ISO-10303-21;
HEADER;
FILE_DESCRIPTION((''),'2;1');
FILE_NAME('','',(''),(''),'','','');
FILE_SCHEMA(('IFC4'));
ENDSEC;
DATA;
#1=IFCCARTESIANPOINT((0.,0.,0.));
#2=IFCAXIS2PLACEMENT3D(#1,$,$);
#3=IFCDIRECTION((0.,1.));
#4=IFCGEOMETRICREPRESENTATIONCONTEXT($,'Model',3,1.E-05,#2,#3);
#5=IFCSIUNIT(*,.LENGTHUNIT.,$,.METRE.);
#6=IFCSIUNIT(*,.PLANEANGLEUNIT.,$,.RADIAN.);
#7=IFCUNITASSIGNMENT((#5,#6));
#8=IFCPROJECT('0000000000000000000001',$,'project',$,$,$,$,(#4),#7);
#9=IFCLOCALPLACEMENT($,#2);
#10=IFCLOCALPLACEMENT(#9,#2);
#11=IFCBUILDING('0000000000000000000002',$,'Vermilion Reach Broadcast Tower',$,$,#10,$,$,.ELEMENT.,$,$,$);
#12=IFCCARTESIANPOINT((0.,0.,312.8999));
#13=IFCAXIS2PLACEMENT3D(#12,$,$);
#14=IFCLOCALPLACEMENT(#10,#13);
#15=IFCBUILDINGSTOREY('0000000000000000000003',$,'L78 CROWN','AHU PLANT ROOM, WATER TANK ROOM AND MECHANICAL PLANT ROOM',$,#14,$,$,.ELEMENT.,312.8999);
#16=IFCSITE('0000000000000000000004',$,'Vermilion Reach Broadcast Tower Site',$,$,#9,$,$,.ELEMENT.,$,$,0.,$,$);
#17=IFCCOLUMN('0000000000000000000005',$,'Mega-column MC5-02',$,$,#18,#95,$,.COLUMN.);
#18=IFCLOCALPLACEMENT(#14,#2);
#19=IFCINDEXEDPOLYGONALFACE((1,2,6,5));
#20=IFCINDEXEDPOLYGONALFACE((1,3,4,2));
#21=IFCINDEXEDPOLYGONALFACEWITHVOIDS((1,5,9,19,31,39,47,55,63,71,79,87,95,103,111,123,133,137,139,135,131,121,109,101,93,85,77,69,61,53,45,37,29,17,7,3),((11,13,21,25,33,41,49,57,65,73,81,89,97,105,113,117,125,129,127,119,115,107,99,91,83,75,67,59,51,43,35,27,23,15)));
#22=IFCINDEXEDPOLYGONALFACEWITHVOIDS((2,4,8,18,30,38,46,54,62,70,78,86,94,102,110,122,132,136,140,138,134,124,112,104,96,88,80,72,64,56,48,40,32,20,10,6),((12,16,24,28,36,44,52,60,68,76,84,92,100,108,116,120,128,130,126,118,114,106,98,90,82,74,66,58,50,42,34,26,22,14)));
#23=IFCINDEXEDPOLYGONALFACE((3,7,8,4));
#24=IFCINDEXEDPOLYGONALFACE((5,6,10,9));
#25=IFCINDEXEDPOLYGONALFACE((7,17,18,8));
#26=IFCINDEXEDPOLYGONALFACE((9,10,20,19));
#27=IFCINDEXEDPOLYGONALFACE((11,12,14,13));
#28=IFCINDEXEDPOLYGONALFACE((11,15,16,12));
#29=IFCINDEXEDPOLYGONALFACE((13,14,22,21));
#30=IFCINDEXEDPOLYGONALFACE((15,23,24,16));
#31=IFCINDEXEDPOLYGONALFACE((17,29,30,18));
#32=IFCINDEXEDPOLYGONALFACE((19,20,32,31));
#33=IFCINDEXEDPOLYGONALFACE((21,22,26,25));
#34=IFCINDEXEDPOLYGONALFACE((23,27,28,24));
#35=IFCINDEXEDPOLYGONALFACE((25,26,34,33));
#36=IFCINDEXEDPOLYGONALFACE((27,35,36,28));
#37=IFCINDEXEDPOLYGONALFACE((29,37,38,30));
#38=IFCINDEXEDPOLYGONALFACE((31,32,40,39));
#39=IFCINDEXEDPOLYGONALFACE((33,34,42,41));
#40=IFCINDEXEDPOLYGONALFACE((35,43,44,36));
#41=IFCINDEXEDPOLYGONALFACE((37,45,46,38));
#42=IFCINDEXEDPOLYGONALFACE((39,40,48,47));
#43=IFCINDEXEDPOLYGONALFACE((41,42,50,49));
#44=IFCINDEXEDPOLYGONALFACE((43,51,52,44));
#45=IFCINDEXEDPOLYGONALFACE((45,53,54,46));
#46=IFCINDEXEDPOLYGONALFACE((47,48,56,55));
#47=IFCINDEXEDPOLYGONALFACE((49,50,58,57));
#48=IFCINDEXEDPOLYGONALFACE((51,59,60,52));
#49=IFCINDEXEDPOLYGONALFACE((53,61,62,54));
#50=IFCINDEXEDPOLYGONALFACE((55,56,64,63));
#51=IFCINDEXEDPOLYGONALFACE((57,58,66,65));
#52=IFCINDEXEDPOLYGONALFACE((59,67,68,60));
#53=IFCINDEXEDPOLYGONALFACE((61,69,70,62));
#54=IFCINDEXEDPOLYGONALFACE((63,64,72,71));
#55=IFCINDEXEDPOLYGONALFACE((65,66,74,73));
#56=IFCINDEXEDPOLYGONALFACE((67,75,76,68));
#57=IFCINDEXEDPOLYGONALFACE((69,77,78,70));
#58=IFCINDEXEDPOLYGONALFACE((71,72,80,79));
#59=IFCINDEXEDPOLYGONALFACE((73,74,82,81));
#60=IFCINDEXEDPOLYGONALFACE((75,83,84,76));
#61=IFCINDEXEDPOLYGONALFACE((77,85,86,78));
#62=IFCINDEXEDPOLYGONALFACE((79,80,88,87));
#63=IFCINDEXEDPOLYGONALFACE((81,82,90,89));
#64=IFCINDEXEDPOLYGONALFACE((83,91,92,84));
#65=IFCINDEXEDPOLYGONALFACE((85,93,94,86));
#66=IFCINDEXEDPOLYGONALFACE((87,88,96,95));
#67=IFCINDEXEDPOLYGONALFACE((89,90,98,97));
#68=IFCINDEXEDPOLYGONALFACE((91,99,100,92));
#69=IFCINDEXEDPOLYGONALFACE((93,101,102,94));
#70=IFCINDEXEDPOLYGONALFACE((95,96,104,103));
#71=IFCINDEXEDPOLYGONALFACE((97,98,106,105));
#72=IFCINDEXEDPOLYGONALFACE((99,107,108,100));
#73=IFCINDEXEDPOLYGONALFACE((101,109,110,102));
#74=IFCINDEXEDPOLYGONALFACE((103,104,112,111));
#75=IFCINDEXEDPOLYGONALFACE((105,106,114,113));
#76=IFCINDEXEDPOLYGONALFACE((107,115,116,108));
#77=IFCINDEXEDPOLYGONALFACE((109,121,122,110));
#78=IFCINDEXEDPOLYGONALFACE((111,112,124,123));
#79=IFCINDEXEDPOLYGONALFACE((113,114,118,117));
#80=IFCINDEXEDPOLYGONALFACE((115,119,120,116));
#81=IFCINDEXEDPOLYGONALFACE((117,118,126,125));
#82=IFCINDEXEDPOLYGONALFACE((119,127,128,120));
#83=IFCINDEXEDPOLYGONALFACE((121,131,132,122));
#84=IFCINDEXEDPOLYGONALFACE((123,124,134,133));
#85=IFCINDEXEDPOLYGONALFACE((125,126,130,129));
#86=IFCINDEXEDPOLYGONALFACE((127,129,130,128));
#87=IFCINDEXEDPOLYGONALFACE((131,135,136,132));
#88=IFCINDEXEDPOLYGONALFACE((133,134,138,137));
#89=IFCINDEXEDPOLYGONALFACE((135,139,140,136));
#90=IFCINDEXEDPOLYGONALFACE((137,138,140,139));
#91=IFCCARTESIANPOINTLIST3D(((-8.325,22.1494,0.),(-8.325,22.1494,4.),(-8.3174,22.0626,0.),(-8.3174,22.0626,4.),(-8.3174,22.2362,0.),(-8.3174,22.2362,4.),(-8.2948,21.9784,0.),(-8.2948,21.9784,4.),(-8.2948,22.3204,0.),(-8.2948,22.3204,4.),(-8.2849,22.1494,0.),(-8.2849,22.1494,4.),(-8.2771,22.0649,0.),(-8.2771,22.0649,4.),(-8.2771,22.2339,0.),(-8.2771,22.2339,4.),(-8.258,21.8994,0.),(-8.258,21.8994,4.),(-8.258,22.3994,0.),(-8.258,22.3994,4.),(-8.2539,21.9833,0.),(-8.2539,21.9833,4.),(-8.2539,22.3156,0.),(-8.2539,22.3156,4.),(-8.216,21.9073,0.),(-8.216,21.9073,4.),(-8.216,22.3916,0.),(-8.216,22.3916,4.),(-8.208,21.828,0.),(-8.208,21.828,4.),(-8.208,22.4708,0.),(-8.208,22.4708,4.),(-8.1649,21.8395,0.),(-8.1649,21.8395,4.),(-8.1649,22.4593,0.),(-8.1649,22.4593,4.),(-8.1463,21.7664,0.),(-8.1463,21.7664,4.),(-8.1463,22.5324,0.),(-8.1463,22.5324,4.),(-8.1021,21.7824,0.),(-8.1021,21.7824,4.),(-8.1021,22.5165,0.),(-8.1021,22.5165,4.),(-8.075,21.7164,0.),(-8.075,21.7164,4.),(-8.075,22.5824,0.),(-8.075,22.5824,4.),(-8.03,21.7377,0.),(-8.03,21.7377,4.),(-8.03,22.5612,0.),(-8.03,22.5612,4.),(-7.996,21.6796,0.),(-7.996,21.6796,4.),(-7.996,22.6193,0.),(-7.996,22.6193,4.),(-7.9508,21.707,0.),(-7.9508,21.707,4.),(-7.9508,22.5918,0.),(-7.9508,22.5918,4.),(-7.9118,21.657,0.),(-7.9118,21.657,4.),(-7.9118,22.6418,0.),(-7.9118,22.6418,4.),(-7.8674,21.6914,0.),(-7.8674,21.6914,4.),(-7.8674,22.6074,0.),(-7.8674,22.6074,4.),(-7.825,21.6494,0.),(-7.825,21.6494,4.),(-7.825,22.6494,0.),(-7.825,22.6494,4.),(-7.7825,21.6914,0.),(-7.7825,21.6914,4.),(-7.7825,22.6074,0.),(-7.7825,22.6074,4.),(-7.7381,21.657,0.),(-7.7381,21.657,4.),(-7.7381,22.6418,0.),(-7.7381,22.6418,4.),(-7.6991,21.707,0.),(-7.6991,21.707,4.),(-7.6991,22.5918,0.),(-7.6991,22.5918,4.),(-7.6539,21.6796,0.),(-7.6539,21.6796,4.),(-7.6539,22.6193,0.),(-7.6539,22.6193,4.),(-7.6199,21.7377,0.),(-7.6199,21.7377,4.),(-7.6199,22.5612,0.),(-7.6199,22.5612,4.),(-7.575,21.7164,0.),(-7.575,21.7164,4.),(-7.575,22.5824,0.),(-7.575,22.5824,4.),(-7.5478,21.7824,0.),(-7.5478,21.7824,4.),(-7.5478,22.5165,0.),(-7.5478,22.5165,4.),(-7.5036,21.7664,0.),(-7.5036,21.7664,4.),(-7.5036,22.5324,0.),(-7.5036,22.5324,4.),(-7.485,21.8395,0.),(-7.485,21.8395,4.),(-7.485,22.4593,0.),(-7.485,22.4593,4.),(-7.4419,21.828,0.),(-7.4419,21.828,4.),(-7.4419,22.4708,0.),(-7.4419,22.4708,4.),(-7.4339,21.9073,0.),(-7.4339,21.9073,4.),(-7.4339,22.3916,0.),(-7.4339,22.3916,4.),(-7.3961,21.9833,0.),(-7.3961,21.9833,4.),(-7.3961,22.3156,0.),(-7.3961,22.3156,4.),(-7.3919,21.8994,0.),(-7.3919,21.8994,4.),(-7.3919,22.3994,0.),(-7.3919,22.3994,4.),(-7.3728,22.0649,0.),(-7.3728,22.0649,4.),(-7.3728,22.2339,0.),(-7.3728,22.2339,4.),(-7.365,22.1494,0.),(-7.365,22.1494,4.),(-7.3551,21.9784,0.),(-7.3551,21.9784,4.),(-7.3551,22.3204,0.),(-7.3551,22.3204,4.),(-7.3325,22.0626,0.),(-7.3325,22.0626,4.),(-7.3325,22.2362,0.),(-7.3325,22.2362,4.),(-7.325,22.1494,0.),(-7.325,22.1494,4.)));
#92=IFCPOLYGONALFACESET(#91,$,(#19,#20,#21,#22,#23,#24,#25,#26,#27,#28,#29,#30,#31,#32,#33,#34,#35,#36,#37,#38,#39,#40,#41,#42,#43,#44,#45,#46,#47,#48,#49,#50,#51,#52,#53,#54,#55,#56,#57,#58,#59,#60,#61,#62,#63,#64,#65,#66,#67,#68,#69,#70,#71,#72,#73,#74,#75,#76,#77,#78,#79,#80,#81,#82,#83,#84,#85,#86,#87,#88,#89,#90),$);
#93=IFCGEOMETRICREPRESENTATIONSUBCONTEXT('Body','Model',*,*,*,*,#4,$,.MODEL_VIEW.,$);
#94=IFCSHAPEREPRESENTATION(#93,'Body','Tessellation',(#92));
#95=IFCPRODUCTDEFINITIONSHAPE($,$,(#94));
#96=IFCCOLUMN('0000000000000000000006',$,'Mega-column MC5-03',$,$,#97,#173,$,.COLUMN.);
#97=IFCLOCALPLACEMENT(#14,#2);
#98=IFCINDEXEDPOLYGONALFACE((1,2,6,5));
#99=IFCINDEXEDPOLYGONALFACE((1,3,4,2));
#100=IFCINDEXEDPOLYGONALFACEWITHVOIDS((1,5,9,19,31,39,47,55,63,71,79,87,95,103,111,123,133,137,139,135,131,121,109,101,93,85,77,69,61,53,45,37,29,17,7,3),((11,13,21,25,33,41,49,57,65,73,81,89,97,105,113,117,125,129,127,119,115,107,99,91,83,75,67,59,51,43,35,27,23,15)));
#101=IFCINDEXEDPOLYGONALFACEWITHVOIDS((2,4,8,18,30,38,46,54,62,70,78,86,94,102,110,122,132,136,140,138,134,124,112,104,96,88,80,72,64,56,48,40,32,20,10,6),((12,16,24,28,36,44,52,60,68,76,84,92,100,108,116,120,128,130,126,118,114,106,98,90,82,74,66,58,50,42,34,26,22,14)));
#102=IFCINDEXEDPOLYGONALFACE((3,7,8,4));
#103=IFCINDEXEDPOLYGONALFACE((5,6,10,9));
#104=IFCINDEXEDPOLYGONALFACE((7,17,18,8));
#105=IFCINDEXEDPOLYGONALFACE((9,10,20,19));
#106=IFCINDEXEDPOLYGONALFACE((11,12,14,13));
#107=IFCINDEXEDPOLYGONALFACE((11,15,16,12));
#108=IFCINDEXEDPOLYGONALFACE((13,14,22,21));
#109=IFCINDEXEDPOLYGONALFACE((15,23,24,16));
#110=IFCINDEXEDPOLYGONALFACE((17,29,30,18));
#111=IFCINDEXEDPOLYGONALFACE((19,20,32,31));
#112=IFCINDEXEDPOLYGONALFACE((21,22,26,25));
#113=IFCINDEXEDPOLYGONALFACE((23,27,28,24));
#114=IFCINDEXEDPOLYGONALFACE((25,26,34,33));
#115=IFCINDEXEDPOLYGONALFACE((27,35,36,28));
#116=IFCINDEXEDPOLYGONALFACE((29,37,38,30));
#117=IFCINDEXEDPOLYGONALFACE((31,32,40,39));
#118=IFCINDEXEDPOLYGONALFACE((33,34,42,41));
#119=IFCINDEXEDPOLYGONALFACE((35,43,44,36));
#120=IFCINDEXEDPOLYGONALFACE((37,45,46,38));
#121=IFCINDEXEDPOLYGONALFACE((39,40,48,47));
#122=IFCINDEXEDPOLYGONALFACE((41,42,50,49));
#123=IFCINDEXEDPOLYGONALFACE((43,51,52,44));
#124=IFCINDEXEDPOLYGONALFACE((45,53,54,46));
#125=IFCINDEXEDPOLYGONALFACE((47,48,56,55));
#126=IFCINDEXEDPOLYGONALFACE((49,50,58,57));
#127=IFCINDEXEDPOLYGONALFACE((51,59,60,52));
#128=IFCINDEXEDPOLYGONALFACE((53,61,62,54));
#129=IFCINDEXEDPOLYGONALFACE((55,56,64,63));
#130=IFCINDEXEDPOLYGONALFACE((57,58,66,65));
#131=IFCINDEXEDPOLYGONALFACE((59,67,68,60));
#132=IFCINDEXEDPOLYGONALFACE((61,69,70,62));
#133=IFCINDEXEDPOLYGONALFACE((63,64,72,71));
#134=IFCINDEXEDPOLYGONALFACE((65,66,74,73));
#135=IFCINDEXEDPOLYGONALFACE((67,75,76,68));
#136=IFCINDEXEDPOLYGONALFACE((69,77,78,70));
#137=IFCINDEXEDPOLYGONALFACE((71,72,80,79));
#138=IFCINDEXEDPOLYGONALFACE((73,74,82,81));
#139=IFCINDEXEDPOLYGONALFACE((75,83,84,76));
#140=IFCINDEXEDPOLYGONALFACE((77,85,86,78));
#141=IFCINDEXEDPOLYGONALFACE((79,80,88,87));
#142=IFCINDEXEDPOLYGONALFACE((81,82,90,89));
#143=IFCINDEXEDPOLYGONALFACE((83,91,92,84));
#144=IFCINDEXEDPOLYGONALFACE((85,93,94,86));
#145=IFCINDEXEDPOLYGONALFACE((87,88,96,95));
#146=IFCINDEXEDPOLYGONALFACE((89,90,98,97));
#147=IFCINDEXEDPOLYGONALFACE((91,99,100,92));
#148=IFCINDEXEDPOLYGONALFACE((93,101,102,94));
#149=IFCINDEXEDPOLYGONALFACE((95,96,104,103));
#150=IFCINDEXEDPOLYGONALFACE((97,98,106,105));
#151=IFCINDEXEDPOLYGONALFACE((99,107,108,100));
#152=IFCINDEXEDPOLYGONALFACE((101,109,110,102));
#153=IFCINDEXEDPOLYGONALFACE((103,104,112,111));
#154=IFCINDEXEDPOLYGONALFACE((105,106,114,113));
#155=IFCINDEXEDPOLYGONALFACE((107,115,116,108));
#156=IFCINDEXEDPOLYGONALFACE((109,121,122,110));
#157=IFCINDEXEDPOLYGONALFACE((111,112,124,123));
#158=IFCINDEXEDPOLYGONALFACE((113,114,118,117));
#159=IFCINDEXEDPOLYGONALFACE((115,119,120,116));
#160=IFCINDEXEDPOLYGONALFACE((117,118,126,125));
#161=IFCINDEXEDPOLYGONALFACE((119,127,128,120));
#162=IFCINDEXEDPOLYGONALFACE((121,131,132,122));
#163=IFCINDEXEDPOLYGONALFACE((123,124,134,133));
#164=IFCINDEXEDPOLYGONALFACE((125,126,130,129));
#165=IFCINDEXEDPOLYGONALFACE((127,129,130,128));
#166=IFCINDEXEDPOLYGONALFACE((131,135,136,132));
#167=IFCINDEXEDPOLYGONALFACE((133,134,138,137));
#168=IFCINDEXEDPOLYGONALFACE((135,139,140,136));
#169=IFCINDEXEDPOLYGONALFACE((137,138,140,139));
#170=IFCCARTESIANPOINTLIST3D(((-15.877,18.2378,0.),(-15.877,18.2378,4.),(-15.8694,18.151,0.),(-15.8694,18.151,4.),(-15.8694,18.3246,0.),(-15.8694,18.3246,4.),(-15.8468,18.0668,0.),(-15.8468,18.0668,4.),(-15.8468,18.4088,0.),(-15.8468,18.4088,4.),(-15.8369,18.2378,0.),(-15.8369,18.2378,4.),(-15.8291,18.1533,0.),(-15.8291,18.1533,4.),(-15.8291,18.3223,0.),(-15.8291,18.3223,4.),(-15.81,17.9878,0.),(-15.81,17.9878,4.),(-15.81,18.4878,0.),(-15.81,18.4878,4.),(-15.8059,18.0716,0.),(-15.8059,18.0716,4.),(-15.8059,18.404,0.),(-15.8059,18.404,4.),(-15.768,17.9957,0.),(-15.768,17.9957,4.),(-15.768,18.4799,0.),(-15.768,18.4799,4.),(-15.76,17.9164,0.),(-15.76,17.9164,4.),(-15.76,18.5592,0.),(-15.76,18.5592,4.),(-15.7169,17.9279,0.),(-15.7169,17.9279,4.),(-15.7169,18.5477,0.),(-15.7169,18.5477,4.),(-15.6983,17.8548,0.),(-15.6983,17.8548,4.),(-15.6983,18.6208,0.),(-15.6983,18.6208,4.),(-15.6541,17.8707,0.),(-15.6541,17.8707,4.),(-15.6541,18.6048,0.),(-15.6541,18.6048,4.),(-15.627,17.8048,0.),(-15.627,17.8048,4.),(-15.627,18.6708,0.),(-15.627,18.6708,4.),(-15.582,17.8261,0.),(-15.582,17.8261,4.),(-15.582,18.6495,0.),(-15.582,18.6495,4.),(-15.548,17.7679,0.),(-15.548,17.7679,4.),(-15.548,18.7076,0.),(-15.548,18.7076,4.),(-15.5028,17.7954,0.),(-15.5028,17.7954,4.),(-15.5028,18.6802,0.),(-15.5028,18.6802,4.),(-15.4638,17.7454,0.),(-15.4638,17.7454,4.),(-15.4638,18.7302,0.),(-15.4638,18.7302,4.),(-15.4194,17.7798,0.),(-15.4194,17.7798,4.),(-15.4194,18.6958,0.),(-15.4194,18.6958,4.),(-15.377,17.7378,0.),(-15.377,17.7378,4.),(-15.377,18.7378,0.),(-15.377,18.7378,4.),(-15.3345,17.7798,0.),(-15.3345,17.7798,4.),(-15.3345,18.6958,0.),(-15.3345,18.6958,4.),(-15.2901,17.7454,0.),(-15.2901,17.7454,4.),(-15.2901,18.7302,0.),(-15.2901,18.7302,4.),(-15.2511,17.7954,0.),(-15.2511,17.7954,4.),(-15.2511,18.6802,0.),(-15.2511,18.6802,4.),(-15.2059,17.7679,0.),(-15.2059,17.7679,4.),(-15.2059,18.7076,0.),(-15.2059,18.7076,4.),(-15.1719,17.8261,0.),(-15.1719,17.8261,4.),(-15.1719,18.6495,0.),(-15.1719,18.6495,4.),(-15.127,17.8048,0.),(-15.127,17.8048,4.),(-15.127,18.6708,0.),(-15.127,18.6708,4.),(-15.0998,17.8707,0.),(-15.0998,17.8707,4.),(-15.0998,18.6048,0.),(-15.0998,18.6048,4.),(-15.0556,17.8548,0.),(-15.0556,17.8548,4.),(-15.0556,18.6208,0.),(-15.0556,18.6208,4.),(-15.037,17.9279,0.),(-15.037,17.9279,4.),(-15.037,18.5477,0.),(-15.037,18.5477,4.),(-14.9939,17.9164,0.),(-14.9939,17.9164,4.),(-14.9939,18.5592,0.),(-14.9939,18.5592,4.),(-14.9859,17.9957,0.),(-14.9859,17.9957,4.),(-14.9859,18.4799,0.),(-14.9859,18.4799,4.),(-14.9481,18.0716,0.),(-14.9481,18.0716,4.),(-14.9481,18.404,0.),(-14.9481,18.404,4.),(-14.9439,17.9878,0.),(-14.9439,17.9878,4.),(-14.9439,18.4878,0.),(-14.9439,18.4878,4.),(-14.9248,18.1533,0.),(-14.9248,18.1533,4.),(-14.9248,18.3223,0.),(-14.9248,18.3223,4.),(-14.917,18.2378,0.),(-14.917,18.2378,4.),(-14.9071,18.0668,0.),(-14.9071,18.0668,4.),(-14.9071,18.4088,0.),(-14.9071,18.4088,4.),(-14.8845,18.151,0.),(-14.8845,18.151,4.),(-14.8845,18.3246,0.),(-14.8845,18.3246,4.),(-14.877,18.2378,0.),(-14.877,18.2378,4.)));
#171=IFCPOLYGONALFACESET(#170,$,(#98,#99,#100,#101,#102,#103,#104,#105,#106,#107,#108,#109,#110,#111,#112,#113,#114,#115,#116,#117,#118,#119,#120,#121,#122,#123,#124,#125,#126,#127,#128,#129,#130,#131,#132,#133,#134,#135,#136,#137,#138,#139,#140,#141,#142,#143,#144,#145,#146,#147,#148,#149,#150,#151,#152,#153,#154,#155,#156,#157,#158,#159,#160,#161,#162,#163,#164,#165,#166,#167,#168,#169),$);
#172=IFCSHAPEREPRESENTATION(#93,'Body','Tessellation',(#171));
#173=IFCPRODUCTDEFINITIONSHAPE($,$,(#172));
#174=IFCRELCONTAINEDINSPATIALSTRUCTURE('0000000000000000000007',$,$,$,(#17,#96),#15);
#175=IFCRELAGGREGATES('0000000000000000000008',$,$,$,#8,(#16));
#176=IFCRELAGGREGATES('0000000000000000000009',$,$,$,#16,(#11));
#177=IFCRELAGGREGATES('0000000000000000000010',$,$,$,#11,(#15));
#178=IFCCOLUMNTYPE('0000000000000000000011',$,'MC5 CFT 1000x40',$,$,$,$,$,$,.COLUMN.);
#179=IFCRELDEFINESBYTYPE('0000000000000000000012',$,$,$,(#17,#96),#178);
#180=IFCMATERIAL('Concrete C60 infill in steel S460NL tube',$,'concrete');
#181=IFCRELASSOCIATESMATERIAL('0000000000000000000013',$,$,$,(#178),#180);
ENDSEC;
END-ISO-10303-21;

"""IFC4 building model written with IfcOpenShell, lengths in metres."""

from ifc_helpers import new_model, si_unit, direction, frame, origin, origin_2d, place, context, subcontext, project, spatial, hollow_circle, extrude, material, material_profile, profile_set, type_object, element, save


model = new_model("IFC4")

# Units and contexts
model_context = context("Model", 3, precision=1e-05, world=origin(), true_north=direction((0.0, 1.0)))
body_context = subcontext(model_context, "Body", "Model", "MODEL_VIEW")
ifc_project = project(units=[si_unit("LENGTHUNIT", "METRE"), si_unit("PLANEANGLEUNIT", "RADIAN")], contexts=[model_context])

# Site, building, storey
site_placement = place(None, origin())
site = spatial("IfcSite", under=ifc_project, at=site_placement, Name="Vermilion Reach Broadcast Tower Site", CompositionType="ELEMENT", RefElevation=0.0)
building_placement = place(site_placement, origin())
building = spatial("IfcBuilding", under=site, at=building_placement, Name="Vermilion Reach Broadcast Tower", CompositionType="ELEMENT")
storey_placement = place(building_placement, frame((0.0, 0.0, 312.8999)))
storey = spatial("IfcBuildingStorey", under=building, at=storey_placement, Name="L78 CROWN", Description="AHU PLANT ROOM, WATER TANK ROOM AND MECHANICAL PLANT ROOM", CompositionType="ELEMENT", Elevation=312.8999)

# Columns
ifc_material_1 = material(Name="Concrete C60 infill in steel S460NL tube", Category="concrete")
ifc_material_profile_1 = material_profile(ifc_material_1, hollow_circle(Radius=0.5, WallThickness=0.04, at=origin_2d()), Name="Concrete C60 infill in steel S460NL tube CFT 1000x40")
ifc_profile_set_1 = profile_set([ifc_material_profile_1], Name="Concrete C60 infill in steel S460NL tube")
column_type = type_object("IfcColumnType", Name="MC5 CFT 1000x40", PredefinedType="COLUMN", material=ifc_profile_set_1)
for number, where, z_axis, x_axis, name in (
    (1, (-7.825, 22.1494, 0.0), (0.0, 0.0, 1.0), (1.0, 0.0, 0.0), "Mega-column MC5-02"),
    (2, (-15.377, 18.2378, 0.0), (0.0, 0.0, 1.0), (1.0, 0.0, 0.0), "Mega-column MC5-03"),
):
    element("IfcColumn", number, at=place(storey_placement, frame(where, z_axis=z_axis, x_axis=x_axis)), inside=storey, type_object=column_type, Name=name, PredefinedType="COLUMN", context=body_context, shape_type="SweptSolid", body=[
        extrude(hollow_circle(Radius=0.5, WallThickness=0.04, at=origin_2d()), origin(), (0.0, 0.0, 1.0), 4.0),
    ])

save(model, "model.ifc")
